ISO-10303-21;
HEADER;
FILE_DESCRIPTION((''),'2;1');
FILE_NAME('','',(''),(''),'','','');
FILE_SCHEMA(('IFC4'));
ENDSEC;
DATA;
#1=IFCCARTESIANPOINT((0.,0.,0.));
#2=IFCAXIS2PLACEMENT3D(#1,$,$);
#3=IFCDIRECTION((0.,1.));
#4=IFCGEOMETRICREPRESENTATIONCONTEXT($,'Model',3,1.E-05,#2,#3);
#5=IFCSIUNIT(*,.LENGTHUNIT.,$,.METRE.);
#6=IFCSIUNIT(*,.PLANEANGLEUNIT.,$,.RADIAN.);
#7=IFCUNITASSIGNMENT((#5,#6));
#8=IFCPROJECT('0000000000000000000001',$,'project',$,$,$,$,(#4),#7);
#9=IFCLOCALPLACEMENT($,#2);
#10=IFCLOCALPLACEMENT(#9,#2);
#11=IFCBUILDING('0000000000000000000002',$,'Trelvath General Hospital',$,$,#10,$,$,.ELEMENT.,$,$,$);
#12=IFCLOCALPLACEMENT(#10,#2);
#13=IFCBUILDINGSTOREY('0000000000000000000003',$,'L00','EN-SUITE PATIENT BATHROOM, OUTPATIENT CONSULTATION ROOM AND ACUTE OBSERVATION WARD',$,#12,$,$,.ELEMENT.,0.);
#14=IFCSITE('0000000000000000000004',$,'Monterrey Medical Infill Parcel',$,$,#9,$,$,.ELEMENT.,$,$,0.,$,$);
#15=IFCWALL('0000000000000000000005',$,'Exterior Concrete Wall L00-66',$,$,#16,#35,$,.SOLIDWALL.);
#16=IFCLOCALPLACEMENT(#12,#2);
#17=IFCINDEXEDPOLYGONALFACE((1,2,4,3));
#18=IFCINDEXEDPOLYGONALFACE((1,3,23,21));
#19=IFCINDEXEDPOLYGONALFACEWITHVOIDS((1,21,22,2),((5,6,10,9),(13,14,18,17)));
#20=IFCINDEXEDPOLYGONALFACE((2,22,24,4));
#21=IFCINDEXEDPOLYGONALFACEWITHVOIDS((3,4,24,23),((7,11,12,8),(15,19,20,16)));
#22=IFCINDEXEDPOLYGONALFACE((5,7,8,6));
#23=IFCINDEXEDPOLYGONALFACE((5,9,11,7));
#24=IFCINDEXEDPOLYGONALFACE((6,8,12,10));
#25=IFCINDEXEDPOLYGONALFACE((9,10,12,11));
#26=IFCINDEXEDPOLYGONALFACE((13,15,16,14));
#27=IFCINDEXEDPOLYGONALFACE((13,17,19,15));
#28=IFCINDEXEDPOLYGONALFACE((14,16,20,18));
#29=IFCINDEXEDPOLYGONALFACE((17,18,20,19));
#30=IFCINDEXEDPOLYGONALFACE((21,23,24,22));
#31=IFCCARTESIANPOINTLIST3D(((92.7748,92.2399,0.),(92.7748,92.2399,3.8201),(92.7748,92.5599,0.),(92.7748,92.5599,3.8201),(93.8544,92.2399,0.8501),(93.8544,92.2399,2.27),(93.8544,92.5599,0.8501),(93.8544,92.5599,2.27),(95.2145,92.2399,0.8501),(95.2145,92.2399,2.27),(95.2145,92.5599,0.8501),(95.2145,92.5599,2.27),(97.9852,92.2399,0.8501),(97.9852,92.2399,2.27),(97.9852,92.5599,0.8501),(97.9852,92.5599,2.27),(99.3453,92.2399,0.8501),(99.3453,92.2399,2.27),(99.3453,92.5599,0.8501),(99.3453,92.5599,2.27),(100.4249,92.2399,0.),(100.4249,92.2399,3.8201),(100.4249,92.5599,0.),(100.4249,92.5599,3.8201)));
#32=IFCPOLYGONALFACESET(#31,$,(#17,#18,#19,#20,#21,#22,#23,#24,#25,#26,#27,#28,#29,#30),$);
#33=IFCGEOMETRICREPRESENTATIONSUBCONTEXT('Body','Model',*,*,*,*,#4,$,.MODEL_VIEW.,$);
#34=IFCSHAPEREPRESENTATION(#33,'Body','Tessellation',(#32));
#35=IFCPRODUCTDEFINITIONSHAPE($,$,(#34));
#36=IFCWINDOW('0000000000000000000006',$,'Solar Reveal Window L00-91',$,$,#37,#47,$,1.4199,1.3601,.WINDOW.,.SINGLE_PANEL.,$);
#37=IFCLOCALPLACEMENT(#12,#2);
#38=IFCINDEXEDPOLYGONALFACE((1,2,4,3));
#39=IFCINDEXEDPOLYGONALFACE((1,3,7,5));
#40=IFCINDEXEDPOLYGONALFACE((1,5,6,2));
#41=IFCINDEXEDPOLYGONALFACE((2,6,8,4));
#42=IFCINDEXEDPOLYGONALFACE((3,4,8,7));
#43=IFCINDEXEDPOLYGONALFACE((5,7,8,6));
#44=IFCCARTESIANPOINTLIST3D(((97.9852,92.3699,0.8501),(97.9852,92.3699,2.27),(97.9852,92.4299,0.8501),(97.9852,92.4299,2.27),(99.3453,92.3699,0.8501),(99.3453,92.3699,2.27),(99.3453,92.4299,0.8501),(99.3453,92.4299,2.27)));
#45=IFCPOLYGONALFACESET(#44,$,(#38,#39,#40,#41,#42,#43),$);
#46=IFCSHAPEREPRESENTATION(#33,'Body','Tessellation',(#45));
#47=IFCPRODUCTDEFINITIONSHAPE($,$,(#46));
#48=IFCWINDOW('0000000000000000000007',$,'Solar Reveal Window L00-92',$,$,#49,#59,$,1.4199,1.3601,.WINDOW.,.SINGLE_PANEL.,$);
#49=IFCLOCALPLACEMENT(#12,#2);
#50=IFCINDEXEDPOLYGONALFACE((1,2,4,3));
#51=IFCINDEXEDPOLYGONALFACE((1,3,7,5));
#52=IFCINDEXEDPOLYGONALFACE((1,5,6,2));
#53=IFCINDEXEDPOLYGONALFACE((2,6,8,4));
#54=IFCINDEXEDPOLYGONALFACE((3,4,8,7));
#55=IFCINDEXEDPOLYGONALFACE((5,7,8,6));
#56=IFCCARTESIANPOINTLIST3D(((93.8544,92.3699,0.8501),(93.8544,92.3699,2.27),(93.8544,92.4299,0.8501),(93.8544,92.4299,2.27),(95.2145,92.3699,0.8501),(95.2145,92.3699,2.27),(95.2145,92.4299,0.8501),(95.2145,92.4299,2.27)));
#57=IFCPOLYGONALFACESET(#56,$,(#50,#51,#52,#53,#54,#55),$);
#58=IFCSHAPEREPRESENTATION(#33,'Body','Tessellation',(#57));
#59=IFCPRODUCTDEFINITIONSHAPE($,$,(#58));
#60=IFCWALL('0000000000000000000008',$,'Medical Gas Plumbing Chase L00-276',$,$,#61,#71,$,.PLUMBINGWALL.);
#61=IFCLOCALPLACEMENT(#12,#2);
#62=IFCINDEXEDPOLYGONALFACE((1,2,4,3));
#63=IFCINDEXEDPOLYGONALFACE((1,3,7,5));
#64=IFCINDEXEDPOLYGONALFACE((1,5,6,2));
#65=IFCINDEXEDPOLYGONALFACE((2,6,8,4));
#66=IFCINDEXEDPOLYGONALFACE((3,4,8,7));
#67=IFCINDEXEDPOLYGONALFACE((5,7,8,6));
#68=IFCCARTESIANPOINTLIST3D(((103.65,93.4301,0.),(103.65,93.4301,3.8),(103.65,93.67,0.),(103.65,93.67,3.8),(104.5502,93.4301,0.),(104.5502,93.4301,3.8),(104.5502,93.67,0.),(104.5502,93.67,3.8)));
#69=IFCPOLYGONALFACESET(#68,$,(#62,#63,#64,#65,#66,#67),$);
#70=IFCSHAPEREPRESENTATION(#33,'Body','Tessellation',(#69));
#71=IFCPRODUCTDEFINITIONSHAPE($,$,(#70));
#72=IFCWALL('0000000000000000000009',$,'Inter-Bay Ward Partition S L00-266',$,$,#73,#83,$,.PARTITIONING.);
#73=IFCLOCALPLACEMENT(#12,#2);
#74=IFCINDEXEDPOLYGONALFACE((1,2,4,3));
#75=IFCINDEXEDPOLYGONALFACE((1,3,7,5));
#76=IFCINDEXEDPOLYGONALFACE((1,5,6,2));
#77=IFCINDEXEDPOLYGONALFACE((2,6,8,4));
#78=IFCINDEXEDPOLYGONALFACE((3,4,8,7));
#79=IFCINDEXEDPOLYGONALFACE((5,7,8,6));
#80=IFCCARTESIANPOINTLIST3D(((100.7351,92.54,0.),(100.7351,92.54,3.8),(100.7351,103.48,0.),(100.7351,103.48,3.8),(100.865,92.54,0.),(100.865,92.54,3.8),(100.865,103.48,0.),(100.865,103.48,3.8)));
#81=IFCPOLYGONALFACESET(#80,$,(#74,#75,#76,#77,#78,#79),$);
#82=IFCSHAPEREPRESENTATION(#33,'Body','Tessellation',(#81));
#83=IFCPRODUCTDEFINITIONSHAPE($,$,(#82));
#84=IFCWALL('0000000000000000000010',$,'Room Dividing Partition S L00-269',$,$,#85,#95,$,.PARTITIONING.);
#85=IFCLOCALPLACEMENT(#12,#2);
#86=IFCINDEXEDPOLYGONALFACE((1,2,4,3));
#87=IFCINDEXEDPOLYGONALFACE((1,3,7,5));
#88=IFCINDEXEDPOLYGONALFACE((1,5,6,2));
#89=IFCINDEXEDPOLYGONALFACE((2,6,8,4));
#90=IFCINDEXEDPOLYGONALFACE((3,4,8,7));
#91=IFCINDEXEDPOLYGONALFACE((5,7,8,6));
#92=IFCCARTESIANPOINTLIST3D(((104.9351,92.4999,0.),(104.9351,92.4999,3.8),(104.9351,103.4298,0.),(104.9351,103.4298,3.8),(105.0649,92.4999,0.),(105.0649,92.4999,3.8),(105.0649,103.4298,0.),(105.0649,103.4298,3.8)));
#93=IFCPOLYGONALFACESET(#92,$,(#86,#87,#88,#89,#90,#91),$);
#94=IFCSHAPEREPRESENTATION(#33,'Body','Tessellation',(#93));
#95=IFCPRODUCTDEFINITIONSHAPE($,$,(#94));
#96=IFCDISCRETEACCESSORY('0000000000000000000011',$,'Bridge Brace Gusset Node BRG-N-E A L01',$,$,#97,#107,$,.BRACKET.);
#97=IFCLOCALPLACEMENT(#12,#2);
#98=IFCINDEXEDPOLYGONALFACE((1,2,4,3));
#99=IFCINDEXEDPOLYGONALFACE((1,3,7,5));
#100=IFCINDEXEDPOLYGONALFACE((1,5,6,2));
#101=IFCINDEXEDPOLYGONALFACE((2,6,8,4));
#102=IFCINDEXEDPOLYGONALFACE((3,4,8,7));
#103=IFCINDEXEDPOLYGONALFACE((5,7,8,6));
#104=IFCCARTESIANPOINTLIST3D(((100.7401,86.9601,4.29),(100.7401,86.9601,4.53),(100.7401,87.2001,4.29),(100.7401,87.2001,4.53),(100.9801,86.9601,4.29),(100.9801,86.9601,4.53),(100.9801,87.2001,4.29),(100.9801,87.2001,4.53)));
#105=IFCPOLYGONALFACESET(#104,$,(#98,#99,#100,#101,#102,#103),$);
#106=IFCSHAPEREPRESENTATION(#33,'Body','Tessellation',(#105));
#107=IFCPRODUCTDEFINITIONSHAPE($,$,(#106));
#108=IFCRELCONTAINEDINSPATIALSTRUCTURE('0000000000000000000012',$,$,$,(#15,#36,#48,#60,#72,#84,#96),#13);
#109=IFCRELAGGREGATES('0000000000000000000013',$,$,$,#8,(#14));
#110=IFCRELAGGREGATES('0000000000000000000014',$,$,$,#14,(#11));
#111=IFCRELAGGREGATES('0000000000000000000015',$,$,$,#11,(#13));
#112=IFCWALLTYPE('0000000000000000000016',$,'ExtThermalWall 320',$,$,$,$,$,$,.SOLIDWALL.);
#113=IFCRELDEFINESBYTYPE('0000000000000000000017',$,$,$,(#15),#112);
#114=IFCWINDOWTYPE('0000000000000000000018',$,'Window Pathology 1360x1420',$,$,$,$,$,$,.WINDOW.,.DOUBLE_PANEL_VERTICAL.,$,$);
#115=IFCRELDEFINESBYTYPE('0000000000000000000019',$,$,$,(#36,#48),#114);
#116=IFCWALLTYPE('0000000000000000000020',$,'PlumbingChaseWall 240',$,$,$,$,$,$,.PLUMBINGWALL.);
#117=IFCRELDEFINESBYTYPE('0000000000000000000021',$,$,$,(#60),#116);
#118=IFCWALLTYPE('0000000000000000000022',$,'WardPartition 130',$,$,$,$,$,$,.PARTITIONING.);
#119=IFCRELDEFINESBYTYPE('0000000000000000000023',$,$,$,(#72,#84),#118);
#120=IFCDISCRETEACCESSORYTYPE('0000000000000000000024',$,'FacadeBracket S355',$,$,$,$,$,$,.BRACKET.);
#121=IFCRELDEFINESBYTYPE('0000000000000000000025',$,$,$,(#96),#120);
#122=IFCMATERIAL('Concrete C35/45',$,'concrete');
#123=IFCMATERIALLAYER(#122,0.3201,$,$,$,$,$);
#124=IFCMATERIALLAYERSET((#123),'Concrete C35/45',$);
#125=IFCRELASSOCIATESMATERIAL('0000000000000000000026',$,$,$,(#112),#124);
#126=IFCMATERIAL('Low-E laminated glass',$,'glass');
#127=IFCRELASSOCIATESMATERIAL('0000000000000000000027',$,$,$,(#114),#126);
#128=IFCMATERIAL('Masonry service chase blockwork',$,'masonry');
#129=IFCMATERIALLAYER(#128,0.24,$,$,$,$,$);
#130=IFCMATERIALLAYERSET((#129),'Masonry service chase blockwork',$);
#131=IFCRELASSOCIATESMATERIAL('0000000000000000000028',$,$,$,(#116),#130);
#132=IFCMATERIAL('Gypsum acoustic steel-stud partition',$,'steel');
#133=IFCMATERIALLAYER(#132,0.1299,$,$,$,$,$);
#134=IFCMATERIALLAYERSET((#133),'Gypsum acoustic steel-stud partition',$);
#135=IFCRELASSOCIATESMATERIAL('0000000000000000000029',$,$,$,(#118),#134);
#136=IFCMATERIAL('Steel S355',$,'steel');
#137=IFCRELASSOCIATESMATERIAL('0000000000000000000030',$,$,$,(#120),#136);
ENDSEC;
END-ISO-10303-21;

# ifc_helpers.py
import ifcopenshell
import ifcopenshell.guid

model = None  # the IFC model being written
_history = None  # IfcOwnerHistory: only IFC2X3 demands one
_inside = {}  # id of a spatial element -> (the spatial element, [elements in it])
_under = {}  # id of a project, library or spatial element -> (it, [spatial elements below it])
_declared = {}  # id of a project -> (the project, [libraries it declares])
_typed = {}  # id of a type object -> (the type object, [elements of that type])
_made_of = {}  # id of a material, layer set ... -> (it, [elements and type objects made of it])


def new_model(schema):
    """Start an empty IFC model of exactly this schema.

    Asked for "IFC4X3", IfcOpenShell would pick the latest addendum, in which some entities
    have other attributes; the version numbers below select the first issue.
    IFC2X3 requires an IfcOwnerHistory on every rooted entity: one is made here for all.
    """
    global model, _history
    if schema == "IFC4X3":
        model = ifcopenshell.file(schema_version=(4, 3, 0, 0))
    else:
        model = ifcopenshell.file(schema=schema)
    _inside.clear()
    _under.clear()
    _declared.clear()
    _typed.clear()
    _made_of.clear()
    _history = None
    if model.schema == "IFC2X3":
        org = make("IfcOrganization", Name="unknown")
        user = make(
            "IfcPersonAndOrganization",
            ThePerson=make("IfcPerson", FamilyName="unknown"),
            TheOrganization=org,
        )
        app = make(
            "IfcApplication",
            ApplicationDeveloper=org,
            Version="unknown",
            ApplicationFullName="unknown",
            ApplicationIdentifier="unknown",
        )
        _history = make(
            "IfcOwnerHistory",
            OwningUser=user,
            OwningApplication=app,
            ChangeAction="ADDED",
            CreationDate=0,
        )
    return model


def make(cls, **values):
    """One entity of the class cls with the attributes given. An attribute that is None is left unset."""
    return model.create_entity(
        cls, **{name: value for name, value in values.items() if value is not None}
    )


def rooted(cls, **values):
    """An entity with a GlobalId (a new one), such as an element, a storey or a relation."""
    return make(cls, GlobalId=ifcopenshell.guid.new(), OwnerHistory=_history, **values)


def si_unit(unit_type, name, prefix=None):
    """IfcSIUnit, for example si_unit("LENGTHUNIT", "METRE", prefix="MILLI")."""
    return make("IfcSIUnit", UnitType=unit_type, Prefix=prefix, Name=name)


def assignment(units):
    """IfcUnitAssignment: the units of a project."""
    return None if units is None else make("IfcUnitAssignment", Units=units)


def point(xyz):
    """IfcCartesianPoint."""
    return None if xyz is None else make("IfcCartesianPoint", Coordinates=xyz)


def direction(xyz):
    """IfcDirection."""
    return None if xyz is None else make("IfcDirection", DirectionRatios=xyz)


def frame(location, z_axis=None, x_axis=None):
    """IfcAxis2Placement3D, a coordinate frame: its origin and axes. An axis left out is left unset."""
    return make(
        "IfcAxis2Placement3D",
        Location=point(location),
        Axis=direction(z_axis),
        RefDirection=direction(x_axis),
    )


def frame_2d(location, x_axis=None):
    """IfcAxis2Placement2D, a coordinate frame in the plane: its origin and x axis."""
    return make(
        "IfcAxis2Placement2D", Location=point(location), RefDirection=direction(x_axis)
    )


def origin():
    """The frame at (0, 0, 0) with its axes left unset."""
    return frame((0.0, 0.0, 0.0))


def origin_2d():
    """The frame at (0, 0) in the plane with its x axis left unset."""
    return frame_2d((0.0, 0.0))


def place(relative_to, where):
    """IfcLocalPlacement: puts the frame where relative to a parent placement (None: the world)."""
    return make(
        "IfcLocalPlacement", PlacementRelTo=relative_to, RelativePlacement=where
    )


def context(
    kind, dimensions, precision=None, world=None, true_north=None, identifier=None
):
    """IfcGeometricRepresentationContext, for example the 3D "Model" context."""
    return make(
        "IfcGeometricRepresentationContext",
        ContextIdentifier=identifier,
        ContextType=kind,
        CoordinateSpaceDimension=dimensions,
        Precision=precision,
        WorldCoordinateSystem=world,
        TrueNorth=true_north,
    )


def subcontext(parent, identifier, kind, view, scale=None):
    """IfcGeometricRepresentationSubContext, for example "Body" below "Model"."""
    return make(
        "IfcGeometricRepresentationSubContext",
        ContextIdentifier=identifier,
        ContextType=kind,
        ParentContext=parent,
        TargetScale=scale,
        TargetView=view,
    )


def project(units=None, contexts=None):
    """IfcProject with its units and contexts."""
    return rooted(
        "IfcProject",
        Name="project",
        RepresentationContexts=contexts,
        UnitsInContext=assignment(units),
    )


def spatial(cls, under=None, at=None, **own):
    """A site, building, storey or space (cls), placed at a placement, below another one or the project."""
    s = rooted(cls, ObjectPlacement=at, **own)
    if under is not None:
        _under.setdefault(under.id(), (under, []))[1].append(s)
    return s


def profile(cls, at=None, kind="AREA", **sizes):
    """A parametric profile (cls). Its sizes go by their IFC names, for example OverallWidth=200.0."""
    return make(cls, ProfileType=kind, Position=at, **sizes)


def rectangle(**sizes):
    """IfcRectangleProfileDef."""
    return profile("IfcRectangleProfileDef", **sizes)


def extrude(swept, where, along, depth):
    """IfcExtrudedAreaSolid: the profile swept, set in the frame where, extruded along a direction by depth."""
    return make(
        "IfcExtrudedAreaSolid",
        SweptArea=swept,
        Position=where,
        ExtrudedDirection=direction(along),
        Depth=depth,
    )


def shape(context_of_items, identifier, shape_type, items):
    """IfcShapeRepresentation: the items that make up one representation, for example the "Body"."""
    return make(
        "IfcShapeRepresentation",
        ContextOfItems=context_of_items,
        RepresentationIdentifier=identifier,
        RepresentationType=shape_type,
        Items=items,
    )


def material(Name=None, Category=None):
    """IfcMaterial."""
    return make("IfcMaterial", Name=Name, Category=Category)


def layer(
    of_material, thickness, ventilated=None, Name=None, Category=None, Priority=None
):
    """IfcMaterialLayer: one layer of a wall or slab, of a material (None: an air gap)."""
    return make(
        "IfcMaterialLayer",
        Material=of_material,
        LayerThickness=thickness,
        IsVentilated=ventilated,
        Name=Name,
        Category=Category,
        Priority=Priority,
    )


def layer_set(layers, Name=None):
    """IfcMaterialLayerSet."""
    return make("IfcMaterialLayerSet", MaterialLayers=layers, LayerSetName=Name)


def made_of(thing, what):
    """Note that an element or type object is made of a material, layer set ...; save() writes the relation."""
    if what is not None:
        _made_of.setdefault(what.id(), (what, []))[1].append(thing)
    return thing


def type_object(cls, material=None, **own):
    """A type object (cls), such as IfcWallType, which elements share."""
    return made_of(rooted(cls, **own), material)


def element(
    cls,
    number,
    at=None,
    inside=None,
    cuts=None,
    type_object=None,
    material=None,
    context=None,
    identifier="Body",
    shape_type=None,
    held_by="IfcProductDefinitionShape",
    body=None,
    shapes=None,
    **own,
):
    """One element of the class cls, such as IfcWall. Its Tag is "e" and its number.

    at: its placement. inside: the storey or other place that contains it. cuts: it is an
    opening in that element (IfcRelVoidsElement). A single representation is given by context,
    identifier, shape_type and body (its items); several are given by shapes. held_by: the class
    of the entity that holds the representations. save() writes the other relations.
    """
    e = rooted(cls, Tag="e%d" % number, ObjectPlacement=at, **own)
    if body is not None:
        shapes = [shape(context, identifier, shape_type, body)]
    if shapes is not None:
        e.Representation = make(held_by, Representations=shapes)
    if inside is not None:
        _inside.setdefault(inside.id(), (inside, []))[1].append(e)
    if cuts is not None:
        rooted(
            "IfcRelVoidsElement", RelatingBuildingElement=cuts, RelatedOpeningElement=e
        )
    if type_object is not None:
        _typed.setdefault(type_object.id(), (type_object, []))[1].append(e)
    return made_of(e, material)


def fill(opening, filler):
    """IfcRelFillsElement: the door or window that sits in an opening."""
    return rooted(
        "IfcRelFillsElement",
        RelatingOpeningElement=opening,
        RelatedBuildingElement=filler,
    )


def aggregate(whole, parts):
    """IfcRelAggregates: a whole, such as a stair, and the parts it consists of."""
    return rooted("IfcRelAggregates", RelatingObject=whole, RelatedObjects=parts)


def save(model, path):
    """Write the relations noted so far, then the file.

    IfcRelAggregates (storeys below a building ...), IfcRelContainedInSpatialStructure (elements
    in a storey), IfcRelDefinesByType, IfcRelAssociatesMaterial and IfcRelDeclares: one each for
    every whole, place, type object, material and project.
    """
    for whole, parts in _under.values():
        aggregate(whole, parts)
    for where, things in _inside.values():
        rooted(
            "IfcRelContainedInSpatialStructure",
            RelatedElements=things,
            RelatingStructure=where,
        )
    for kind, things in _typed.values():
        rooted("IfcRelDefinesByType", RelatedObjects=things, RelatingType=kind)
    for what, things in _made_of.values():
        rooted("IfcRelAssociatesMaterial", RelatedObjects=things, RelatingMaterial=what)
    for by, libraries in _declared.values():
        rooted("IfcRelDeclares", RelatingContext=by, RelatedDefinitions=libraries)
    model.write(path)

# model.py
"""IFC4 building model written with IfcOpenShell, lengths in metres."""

from ifc_helpers import new_model, si_unit, direction, frame, frame_2d, origin, origin_2d, place, context, subcontext, project, spatial, rectangle, extrude, material, layer, layer_set, type_object, element, fill, save


model = new_model("IFC4")

# Units and contexts
model_context = context("Model", 3, precision=1e-05, world=origin(), true_north=direction((0.0, 1.0)))
body_context = subcontext(model_context, "Body", "Model", "MODEL_VIEW")
ifc_project = project(units=[si_unit("LENGTHUNIT", "METRE"), si_unit("PLANEANGLEUNIT", "RADIAN")], contexts=[model_context])

# Site, building, storey
site_placement = place(None, origin())
site = spatial("IfcSite", under=ifc_project, at=site_placement, Name="Monterrey Medical Infill Parcel", CompositionType="ELEMENT", RefElevation=0.0)
building_placement = place(site_placement, origin())
building = spatial("IfcBuilding", under=site, at=building_placement, Name="Trelvath General Hospital", CompositionType="ELEMENT")
storey_placement = place(building_placement, origin())
storey = spatial("IfcBuildingStorey", under=building, at=storey_placement, Name="L00", Description="EN-SUITE PATIENT BATHROOM, OUTPATIENT CONSULTATION ROOM AND ACUTE OBSERVATION WARD", CompositionType="ELEMENT", Elevation=0.0)

# Wall, openings, windows
ifc_material_1 = material(Name="Concrete C35/45", Category="concrete")
ifc_layer_1 = layer(ifc_material_1, 0.3201)
ifc_layer_set_1 = layer_set([ifc_layer_1], Name="Concrete C35/45")
wall_type_1 = type_object("IfcWallType", Name="ExtThermalWall 320", PredefinedType="SOLIDWALL", material=ifc_layer_set_1)
wall_1_placement = place(storey_placement, frame((100.425, 92.3999, 0.0), z_axis=(0.0, 0.0, 1.0), x_axis=(-1.0, 0.0, 0.0)))
wall_1 = element("IfcWall", 1, at=wall_1_placement, inside=storey, type_object=wall_type_1, Name="Exterior Concrete Wall L00-66", PredefinedType="SOLIDWALL", context=body_context, shape_type="SweptSolid", body=[
    extrude(rectangle(XDim=7.6501, YDim=0.3201, at=frame_2d((3.8252, 0.0))), origin(), (0.0, 0.0, 1.0), 3.8201),
])
opening_1_placement = place(wall_1_placement, frame((1.0796, 0.0, 0.8501)))
opening_1 = element("IfcOpeningElement", 2, at=opening_1_placement, cuts=wall_1, PredefinedType="OPENING", context=body_context, shape_type="SweptSolid", body=[
    extrude(rectangle(XDim=1.3601, YDim=1.4199, at=frame_2d((0.6802, 0.71))), frame((0.0, 0.1699, 0.0), z_axis=(0.0, -1.0, 0.0), x_axis=(1.0, 0.0, 0.0)), (0.0, 0.0, 1.0), 0.3401),
])
opening_2_placement = place(wall_1_placement, frame((5.2104, 0.0, 0.8501)))
opening_2 = element("IfcOpeningElement", 3, at=opening_2_placement, cuts=wall_1, PredefinedType="OPENING", context=body_context, shape_type="SweptSolid", body=[
    extrude(rectangle(XDim=1.3601, YDim=1.4199, at=frame_2d((0.6802, 0.71))), frame((0.0, 0.1699, 0.0), z_axis=(0.0, -1.0, 0.0), x_axis=(1.0, 0.0, 0.0)), (0.0, 0.0, 1.0), 0.3401),
])
ifc_material_2 = material(Name="Low-E laminated glass", Category="glass")
window_type = type_object("IfcWindowType", Name="Window Pathology 1360x1420", PartitioningType="DOUBLE_PANEL_VERTICAL", PredefinedType="WINDOW", material=ifc_material_2)
window_1_placement = place(opening_1_placement, origin())
window_1 = element("IfcWindow", 4, at=window_1_placement, inside=storey, type_object=window_type, Name="Solar Reveal Window L00-91", OverallHeight=1.4199, OverallWidth=1.3601, PartitioningType="SINGLE_PANEL", PredefinedType="WINDOW", context=body_context, shape_type="SweptSolid", body=[
    extrude(rectangle(XDim=1.3601, YDim=1.4199, at=frame_2d((0.6802, 0.71))), frame((0.0, 0.03, 0.0), z_axis=(0.0, -1.0, 0.0), x_axis=(1.0, 0.0, 0.0)), (0.0, 0.0, 1.0), 0.0601),
])
fill(opening_1, window_1)
window_2_placement = place(opening_2_placement, origin())
window_2 = element("IfcWindow", 5, at=window_2_placement, inside=storey, type_object=window_type, Name="Solar Reveal Window L00-92", OverallHeight=1.4199, OverallWidth=1.3601, PartitioningType="SINGLE_PANEL", PredefinedType="WINDOW", context=body_context, shape_type="SweptSolid", body=[
    extrude(rectangle(XDim=1.3601, YDim=1.4199, at=frame_2d((0.6802, 0.71))), frame((0.0, 0.03, 0.0), z_axis=(0.0, -1.0, 0.0), x_axis=(1.0, 0.0, 0.0)), (0.0, 0.0, 1.0), 0.0601),
])
fill(opening_2, window_2)

# Walls
ifc_material_3 = material(Name="Masonry service chase blockwork", Category="masonry")
ifc_layer_2 = layer(ifc_material_3, 0.24)
ifc_layer_set_2 = layer_set([ifc_layer_2], Name="Masonry service chase blockwork")
wall_type_2 = type_object("IfcWallType", Name="PlumbingChaseWall 240", PredefinedType="PLUMBINGWALL", material=ifc_layer_set_2)
wall_2_placement = place(storey_placement, frame((103.6499, 93.55, 0.0), z_axis=(0.0, 0.0, 1.0), x_axis=(1.0, 0.0, 0.0)))
element("IfcWall", 6, at=wall_2_placement, inside=storey, type_object=wall_type_2, Name="Medical Gas Plumbing Chase L00-276", PredefinedType="PLUMBINGWALL", context=body_context, shape_type="SweptSolid", body=[
    extrude(rectangle(XDim=0.9001, YDim=0.24, at=frame_2d((0.4502, 0.0))), origin(), (0.0, 0.0, 1.0), 3.8),
])
ifc_material_4 = material(Name="Gypsum acoustic steel-stud partition", Category="steel")
ifc_layer_3 = layer(ifc_material_4, 0.1299)
ifc_layer_set_3 = layer_set([ifc_layer_3], Name="Gypsum acoustic steel-stud partition")
wall_type_3 = type_object("IfcWallType", Name="WardPartition 130", PredefinedType="PARTITIONING", material=ifc_layer_set_3)
wall_3_placement = place(storey_placement, frame((100.8, 92.54, 0.0), z_axis=(0.0, 0.0, 1.0), x_axis=(0.0, 1.0, 0.0)))
element("IfcWall", 7, at=wall_3_placement, inside=storey, type_object=wall_type_3, Name="Inter-Bay Ward Partition S L00-266", PredefinedType="PARTITIONING", context=body_context, shape_type="SweptSolid", body=[
    extrude(rectangle(XDim=10.9399, YDim=0.1299, at=frame_2d((5.47, 0.0))), origin(), (0.0, 0.0, 1.0), 3.8),
])
wall_4_placement = place(storey_placement, frame((105.0, 92.5, 0.0), z_axis=(0.0, 0.0, 1.0), x_axis=(0.0, 1.0, 0.0)))
element("IfcWall", 8, at=wall_4_placement, inside=storey, type_object=wall_type_3, Name="Room Dividing Partition S L00-269", PredefinedType="PARTITIONING", context=body_context, shape_type="SweptSolid", body=[
    extrude(rectangle(XDim=10.9299, YDim=0.1299, at=frame_2d((5.4648, 0.0))), origin(), (0.0, 0.0, 1.0), 3.8),
])

# Discrete accessory
ifc_material_5 = material(Name="Steel S355", Category="steel")
discrete_accessory_type = type_object("IfcDiscreteAccessoryType", Name="FacadeBracket S355", PredefinedType="BRACKET", material=ifc_material_5)
discrete_accessory_placement = place(storey_placement, frame((100.8601, 87.0801, 4.29), z_axis=(0.0, 0.0, 1.0), x_axis=(1.0, 0.0, 0.0)))
element("IfcDiscreteAccessory", 9, at=discrete_accessory_placement, inside=storey, type_object=discrete_accessory_type, Name="Bridge Brace Gusset Node BRG-N-E A L01", PredefinedType="BRACKET", context=body_context, shape_type="SweptSolid", body=[
    extrude(rectangle(XDim=0.24, YDim=0.24, at=origin_2d()), origin(), (0.0, 0.0, 1.0), 0.24),
])

save(model, "model.ifc")
